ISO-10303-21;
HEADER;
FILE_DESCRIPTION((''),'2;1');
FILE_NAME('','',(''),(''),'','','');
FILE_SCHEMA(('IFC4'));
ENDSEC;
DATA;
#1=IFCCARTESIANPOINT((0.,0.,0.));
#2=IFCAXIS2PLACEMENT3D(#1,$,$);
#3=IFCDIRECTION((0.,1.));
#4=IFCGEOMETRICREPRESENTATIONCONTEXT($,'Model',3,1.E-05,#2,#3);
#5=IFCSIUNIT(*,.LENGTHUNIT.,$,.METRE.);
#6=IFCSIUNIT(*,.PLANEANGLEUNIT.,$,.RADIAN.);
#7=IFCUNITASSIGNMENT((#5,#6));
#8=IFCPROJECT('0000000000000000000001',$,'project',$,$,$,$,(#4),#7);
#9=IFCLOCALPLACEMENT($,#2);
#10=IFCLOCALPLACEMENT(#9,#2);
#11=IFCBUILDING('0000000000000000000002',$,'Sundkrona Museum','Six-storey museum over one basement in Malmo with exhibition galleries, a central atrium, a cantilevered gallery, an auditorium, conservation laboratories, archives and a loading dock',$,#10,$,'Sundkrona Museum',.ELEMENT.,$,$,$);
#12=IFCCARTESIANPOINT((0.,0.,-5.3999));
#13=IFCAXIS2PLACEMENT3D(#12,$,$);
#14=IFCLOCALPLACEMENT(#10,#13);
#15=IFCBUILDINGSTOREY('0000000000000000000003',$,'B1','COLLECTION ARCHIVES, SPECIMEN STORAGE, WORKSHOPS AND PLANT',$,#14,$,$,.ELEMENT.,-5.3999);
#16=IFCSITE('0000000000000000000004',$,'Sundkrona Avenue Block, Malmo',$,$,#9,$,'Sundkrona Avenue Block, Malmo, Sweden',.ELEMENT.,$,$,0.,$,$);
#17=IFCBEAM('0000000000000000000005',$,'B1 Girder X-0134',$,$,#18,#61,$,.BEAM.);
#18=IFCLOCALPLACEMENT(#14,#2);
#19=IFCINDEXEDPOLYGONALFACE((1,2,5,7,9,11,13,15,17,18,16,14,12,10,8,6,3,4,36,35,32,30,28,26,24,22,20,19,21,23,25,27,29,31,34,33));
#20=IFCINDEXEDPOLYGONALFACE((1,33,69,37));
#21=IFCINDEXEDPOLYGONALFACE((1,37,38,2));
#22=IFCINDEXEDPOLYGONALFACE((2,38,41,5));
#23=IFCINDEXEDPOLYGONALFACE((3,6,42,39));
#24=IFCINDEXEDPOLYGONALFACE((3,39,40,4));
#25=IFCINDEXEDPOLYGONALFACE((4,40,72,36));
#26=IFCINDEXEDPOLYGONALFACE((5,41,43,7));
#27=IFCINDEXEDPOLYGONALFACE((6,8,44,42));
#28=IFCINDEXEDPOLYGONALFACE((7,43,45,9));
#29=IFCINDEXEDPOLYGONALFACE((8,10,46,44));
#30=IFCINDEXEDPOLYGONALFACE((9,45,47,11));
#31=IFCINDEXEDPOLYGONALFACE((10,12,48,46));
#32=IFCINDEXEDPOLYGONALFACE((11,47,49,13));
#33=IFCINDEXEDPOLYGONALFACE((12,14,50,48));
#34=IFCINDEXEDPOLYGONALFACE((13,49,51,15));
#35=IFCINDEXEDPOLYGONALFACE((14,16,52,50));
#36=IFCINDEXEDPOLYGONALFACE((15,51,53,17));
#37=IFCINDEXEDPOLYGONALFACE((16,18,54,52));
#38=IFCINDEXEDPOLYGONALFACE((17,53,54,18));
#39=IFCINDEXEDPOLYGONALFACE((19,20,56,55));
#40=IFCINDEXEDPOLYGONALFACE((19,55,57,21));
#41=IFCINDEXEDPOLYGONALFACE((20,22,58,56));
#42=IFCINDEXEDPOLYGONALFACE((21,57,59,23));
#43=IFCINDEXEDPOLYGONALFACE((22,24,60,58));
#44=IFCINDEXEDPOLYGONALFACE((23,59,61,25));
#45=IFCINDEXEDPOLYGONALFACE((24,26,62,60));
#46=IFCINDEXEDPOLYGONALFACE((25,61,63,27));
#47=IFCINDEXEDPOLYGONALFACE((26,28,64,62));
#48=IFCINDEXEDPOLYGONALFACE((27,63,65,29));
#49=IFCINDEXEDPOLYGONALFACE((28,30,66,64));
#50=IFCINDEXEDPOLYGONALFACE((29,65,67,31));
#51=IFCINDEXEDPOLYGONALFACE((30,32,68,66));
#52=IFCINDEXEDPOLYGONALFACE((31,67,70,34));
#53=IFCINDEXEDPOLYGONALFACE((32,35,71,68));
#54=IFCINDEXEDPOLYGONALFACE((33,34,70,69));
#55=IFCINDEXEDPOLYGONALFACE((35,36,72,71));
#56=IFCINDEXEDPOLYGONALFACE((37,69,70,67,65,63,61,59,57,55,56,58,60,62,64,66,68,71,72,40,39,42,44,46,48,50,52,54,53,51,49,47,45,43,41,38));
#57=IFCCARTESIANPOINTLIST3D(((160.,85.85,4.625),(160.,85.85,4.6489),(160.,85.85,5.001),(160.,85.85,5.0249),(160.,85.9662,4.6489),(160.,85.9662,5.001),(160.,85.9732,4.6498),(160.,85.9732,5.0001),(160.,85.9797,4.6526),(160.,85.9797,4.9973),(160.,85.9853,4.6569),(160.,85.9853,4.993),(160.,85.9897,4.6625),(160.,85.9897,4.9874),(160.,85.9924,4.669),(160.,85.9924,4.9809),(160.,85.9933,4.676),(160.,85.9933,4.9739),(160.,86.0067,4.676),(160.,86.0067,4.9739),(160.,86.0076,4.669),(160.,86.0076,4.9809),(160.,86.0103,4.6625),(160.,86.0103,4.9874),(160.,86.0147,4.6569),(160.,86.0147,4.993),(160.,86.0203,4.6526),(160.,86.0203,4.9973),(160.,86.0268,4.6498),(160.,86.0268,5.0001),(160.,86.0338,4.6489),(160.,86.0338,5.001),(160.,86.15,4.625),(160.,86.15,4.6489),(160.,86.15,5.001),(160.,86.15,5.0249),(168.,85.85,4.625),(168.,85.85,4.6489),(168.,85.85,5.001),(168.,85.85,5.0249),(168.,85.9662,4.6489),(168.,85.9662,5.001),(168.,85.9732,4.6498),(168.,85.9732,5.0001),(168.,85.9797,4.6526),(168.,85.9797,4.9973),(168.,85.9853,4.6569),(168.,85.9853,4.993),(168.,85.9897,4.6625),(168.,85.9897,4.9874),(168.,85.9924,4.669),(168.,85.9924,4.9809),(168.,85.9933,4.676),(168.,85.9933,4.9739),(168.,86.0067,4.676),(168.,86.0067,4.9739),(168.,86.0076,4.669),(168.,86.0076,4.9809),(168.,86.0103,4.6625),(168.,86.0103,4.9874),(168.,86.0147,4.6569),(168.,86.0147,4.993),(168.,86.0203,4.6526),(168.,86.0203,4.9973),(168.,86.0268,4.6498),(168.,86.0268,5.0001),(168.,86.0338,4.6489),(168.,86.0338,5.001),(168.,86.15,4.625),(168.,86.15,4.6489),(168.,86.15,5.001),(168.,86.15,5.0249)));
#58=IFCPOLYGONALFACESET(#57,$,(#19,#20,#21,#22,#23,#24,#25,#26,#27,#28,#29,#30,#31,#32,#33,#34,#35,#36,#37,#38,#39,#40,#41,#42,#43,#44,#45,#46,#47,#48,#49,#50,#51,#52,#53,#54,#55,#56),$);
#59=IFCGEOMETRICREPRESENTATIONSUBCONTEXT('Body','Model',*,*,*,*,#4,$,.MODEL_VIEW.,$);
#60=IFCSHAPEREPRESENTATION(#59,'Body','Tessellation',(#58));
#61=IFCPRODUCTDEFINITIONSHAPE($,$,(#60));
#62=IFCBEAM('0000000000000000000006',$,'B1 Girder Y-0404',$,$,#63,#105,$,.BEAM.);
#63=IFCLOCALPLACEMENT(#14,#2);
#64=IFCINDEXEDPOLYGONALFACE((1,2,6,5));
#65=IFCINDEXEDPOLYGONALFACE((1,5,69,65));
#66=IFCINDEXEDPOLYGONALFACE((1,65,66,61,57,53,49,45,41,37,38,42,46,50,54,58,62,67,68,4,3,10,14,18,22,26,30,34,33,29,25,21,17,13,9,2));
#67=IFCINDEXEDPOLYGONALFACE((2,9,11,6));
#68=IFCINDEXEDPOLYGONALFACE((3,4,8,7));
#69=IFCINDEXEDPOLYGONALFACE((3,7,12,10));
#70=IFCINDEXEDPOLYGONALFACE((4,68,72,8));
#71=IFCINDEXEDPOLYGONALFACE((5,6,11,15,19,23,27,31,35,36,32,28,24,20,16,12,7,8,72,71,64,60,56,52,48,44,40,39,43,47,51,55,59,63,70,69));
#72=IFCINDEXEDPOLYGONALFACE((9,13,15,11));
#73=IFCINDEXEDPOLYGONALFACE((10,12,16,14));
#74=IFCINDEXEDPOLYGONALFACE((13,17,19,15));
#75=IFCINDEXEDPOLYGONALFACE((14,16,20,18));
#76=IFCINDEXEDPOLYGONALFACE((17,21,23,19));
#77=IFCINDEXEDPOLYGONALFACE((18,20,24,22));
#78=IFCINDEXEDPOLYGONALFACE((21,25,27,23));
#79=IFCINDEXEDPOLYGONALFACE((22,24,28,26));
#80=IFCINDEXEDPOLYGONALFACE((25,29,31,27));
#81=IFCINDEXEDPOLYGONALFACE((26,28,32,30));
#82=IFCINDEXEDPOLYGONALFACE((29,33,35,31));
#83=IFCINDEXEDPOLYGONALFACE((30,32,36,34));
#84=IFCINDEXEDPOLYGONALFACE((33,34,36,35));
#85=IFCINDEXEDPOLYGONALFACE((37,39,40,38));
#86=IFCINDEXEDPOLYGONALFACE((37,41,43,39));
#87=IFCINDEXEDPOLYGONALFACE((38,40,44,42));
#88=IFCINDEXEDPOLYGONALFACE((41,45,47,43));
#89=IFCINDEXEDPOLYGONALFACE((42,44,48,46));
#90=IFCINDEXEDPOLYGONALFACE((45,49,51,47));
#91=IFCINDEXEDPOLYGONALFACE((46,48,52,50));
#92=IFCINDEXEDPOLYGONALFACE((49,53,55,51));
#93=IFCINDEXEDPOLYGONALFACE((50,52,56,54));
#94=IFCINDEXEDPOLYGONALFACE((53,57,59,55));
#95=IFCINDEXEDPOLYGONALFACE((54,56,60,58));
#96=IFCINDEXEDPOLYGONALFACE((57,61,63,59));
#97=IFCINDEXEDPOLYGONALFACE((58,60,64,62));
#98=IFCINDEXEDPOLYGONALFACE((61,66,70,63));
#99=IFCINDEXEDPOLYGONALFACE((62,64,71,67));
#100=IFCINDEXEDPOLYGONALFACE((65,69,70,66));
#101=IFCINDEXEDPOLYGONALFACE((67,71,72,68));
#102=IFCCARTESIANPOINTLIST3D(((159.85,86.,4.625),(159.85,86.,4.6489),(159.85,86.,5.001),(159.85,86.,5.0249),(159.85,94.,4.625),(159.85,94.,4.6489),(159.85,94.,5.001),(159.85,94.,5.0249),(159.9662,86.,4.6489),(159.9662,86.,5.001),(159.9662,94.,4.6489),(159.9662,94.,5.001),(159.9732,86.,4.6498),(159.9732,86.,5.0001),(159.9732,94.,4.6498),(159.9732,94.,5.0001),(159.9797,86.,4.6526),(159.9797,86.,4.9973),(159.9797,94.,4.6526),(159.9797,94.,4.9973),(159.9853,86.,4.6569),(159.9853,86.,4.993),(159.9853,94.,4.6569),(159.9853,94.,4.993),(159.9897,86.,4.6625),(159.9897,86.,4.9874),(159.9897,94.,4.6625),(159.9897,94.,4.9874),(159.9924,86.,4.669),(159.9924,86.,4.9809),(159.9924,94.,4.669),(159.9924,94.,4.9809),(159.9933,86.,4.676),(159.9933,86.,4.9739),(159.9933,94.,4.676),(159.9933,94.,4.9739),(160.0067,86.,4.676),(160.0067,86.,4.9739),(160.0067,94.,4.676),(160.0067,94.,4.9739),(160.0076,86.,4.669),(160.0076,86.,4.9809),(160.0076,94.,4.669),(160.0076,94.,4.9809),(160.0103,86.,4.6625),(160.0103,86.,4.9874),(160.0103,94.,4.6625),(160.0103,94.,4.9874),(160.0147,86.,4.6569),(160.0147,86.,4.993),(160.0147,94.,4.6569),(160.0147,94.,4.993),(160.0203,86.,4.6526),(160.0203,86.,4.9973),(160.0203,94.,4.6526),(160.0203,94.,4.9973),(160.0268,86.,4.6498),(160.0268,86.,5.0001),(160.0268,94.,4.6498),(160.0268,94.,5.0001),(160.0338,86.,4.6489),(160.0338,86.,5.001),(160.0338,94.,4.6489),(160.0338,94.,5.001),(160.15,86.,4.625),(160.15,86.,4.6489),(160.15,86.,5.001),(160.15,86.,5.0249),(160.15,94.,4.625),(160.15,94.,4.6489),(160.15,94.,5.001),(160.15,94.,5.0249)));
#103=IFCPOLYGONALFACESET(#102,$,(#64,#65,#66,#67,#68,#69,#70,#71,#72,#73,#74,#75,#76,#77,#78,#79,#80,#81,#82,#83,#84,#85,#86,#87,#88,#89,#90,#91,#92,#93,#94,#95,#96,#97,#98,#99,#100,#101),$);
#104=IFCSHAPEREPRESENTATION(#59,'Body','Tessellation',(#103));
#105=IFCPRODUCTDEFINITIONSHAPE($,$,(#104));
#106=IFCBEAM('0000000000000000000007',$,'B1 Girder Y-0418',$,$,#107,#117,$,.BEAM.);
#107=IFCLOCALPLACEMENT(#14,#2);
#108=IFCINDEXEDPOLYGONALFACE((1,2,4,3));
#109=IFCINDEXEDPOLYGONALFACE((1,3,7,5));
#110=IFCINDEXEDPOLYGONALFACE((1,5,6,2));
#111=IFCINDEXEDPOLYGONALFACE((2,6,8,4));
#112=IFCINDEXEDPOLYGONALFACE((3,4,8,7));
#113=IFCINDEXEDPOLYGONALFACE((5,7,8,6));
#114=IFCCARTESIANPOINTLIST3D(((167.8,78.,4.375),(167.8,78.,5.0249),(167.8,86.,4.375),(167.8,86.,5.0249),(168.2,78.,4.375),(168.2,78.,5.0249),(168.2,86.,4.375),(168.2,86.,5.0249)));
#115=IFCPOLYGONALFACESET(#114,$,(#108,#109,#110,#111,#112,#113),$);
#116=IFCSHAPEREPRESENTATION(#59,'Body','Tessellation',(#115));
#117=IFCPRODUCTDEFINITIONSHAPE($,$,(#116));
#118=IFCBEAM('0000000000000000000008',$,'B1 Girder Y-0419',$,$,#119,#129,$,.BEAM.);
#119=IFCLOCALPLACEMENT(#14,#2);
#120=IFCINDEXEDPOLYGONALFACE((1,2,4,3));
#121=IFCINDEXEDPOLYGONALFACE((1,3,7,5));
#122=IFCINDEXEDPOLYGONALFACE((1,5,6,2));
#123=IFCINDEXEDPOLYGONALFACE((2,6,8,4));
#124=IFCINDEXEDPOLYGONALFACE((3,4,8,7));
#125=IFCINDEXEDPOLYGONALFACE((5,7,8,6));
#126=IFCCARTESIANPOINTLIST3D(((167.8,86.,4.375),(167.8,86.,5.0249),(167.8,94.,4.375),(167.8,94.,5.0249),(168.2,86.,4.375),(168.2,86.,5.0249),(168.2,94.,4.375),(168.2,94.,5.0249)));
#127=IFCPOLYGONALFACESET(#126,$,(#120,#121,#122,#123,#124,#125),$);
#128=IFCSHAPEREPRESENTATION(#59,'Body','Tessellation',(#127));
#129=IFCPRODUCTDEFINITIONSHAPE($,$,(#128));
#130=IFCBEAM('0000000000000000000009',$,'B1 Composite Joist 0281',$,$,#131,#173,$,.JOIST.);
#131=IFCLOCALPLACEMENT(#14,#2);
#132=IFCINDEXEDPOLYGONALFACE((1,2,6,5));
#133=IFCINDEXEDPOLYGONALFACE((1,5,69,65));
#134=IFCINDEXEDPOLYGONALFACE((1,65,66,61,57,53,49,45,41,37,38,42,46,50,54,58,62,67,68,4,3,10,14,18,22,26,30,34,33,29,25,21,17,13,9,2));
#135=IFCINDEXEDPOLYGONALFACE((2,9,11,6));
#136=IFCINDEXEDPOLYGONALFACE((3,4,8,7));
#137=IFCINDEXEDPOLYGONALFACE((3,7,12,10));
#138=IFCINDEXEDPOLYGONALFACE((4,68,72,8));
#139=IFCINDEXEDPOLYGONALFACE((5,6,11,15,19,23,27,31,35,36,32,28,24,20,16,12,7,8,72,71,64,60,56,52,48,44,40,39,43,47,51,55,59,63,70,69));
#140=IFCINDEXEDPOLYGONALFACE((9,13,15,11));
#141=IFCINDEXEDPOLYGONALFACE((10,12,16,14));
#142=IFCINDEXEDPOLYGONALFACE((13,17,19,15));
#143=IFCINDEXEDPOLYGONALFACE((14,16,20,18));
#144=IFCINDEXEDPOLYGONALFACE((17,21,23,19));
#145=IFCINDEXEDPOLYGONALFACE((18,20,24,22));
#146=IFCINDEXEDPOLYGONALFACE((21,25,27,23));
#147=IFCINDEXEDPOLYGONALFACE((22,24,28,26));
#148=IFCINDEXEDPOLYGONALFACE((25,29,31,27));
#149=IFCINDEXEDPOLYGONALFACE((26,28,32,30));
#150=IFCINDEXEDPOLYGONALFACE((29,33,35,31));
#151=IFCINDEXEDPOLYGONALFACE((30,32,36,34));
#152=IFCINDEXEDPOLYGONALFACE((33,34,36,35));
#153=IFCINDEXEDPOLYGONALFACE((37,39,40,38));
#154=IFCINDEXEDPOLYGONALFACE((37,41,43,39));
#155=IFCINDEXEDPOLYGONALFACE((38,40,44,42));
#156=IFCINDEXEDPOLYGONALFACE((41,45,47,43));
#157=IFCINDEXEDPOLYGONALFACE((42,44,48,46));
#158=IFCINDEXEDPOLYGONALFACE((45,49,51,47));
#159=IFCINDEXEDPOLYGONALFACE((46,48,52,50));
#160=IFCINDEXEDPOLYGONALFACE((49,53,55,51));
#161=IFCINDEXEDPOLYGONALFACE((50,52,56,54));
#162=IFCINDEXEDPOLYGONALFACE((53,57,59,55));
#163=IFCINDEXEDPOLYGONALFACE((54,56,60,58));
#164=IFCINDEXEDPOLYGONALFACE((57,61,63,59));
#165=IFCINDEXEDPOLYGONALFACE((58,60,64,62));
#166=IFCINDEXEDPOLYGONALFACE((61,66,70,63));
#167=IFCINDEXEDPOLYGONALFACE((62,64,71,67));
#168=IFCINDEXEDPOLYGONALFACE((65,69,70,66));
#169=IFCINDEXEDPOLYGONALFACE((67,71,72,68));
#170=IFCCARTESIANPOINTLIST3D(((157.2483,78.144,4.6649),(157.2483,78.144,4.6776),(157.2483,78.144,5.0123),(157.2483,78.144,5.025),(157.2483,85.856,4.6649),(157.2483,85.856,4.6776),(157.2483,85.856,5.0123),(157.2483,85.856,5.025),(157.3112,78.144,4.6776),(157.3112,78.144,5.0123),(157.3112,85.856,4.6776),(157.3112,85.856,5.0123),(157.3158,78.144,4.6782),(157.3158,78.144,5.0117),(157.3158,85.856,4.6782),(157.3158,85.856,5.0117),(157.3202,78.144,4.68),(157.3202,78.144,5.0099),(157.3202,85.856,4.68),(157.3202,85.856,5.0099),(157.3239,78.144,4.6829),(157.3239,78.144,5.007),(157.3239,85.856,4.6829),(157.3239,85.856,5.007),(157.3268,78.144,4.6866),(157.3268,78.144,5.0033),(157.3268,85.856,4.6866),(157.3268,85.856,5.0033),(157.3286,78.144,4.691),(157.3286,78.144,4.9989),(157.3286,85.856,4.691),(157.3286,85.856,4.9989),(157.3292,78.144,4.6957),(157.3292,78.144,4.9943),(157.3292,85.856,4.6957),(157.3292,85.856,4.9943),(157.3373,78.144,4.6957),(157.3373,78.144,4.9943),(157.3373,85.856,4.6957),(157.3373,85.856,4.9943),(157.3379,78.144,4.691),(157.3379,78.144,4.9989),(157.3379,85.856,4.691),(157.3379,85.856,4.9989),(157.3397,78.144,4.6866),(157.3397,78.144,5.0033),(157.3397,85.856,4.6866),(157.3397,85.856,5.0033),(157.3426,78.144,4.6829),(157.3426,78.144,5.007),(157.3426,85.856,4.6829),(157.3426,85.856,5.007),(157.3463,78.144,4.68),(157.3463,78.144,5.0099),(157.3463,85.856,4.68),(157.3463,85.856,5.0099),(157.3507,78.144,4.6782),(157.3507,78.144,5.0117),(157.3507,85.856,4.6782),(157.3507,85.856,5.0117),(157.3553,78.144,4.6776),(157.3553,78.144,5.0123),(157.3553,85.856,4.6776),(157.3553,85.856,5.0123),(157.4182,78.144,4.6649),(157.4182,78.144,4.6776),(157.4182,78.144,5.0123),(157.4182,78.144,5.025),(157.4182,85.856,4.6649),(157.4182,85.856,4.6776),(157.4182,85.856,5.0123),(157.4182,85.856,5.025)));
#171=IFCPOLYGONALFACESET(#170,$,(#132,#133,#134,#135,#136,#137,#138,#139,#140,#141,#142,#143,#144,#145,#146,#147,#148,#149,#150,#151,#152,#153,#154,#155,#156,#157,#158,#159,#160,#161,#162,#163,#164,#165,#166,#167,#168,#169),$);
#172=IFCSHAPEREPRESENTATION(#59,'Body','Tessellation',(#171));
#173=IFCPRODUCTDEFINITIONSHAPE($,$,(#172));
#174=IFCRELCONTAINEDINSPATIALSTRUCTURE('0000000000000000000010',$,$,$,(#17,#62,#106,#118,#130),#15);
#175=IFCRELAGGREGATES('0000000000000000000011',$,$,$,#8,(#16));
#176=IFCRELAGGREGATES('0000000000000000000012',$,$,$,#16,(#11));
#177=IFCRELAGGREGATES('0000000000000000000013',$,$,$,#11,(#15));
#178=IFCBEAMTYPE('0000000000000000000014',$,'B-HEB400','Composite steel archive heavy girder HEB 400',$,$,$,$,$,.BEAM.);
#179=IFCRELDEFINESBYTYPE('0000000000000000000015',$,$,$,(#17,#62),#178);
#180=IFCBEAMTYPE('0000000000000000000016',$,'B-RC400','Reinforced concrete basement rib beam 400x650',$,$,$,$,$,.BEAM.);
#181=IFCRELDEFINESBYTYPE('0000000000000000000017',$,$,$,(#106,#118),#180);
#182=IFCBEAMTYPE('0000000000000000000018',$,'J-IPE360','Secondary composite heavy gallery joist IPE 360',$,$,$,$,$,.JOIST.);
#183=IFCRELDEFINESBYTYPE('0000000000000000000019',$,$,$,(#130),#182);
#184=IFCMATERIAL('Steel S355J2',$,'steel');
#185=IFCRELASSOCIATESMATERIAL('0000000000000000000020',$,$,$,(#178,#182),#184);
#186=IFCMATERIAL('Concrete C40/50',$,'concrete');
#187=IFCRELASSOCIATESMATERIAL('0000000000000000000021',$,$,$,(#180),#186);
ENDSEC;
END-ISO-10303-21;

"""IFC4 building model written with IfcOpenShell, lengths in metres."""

from ifc_helpers import new_model, si_unit, direction, frame, origin, origin_2d, place, context, subcontext, project, spatial, rectangle, i_section, extrude, material, material_profile, profile_set, type_object, element, save


model = new_model("IFC4")

# Units and contexts
model_context = context("Model", 3, precision=1e-05, world=origin(), true_north=direction((0.0, 1.0)))
body_context = subcontext(model_context, "Body", "Model", "MODEL_VIEW")
ifc_project = project(units=[si_unit("LENGTHUNIT", "METRE"), si_unit("PLANEANGLEUNIT", "RADIAN")], contexts=[model_context])

# Site, building, storey
site_placement = place(None, origin())
site = spatial("IfcSite", under=ifc_project, at=site_placement, Name="Sundkrona Avenue Block, Malmo", LongName="Sundkrona Avenue Block, Malmo, Sweden", CompositionType="ELEMENT", RefElevation=0.0)
building_placement = place(site_placement, origin())
building = spatial("IfcBuilding", under=site, at=building_placement, Name="Sundkrona Museum", Description="Six-storey museum over one basement in Malmo with exhibition galleries, a central atrium, a cantilevered gallery, an auditorium, conservation laboratories, archives and a loading dock", LongName="Sundkrona Museum", CompositionType="ELEMENT")
storey_placement = place(building_placement, frame((0.0, 0.0, -5.3999)))
storey = spatial("IfcBuildingStorey", under=building, at=storey_placement, Name="B1", Description="COLLECTION ARCHIVES, SPECIMEN STORAGE, WORKSHOPS AND PLANT", CompositionType="ELEMENT", Elevation=-5.3999)

# Shared definitions
ifc_material_1 = material(Name="Concrete C40/50", Category="concrete")

# Beams
ifc_material_2 = material(Name="Steel S355J2", Category="steel")
ifc_material_profile_1 = material_profile(ifc_material_2, i_section(OverallWidth=0.3, OverallDepth=0.3999, WebThickness=0.0134, FlangeThickness=0.0239, FilletRadius=0.0271, at=origin_2d()), Name="HEB 400")
ifc_profile_set_1 = profile_set([ifc_material_profile_1], Name="Steel S355J2")
beam_type_1 = type_object("IfcBeamType", Name="B-HEB400", Description="Composite steel archive heavy girder HEB 400", PredefinedType="BEAM", material=ifc_profile_set_1)
for number, where, z_axis, x_axis, name in (
    (1, (160.0, 86.0, 4.825), (1.0, 0.0, 0.0), (0.0, 1.0, 0.0), "B1 Girder X-0134"),
    (2, (160.0, 86.0, 4.825), (0.0, 1.0, 0.0), (-1.0, 0.0, 0.0), "B1 Girder Y-0404"),
):
    element("IfcBeam", number, at=place(storey_placement, frame(where, z_axis=z_axis, x_axis=x_axis)), inside=storey, type_object=beam_type_1, Name=name, PredefinedType="BEAM", context=body_context, shape_type="SweptSolid", body=[
        extrude(i_section(OverallWidth=0.3, OverallDepth=0.3999, WebThickness=0.0134, FlangeThickness=0.0239, FilletRadius=0.0271, at=origin_2d()), origin(), (0.0, 0.0, 1.0), 8.0),
    ])
ifc_material_profile_2 = material_profile(ifc_material_1, rectangle(XDim=0.3999, YDim=0.6499, at=origin_2d()), Name="RCB 400x650")
ifc_profile_set_2 = profile_set([ifc_material_profile_2], Name="Concrete C40/50")
beam_type_2 = type_object("IfcBeamType", Name="B-RC400", Description="Reinforced concrete basement rib beam 400x650", PredefinedType="BEAM", material=ifc_profile_set_2)
for number, where, z_axis, x_axis, name in (
    (3, (168.0, 78.0, 4.7), (0.0, 1.0, 0.0), (-1.0, 0.0, 0.0), "B1 Girder Y-0418"),
    (4, (168.0, 86.0, 4.7), (0.0, 1.0, 0.0), (-1.0, 0.0, 0.0), "B1 Girder Y-0419"),
):
    element("IfcBeam", number, at=place(storey_placement, frame(where, z_axis=z_axis, x_axis=x_axis)), inside=storey, type_object=beam_type_2, Name=name, PredefinedType="BEAM", context=body_context, shape_type="SweptSolid", body=[
        extrude(rectangle(XDim=0.3999, YDim=0.6499, at=origin_2d()), origin(), (0.0, 0.0, 1.0), 8.0),
    ])
ifc_material_profile_3 = material_profile(ifc_material_2, i_section(OverallWidth=0.1699, OverallDepth=0.3601, WebThickness=0.0081, FlangeThickness=0.0127, FilletRadius=0.0181, at=origin_2d()), Name="IPE 360")
ifc_profile_set_3 = profile_set([ifc_material_profile_3], Name="Steel S355J2")
beam_type_3 = type_object("IfcBeamType", Name="J-IPE360", Description="Secondary composite heavy gallery joist IPE 360", PredefinedType="JOIST", material=ifc_profile_set_3)
beam_1_placement = place(storey_placement, frame((157.3333, 78.144, 4.845), z_axis=(0.0, 1.0, 0.0), x_axis=(-1.0, 0.0, 0.0)))
element("IfcBeam", 5, at=beam_1_placement, inside=storey, type_object=beam_type_3, Name="B1 Composite Joist 0281", PredefinedType="JOIST", context=body_context, shape_type="SweptSolid", body=[
    extrude(i_section(OverallWidth=0.1699, OverallDepth=0.3601, WebThickness=0.0081, FlangeThickness=0.0127, FilletRadius=0.0181, at=origin_2d()), origin(), (0.0, 0.0, 1.0), 7.7119),
])

save(model, "model.ifc")
